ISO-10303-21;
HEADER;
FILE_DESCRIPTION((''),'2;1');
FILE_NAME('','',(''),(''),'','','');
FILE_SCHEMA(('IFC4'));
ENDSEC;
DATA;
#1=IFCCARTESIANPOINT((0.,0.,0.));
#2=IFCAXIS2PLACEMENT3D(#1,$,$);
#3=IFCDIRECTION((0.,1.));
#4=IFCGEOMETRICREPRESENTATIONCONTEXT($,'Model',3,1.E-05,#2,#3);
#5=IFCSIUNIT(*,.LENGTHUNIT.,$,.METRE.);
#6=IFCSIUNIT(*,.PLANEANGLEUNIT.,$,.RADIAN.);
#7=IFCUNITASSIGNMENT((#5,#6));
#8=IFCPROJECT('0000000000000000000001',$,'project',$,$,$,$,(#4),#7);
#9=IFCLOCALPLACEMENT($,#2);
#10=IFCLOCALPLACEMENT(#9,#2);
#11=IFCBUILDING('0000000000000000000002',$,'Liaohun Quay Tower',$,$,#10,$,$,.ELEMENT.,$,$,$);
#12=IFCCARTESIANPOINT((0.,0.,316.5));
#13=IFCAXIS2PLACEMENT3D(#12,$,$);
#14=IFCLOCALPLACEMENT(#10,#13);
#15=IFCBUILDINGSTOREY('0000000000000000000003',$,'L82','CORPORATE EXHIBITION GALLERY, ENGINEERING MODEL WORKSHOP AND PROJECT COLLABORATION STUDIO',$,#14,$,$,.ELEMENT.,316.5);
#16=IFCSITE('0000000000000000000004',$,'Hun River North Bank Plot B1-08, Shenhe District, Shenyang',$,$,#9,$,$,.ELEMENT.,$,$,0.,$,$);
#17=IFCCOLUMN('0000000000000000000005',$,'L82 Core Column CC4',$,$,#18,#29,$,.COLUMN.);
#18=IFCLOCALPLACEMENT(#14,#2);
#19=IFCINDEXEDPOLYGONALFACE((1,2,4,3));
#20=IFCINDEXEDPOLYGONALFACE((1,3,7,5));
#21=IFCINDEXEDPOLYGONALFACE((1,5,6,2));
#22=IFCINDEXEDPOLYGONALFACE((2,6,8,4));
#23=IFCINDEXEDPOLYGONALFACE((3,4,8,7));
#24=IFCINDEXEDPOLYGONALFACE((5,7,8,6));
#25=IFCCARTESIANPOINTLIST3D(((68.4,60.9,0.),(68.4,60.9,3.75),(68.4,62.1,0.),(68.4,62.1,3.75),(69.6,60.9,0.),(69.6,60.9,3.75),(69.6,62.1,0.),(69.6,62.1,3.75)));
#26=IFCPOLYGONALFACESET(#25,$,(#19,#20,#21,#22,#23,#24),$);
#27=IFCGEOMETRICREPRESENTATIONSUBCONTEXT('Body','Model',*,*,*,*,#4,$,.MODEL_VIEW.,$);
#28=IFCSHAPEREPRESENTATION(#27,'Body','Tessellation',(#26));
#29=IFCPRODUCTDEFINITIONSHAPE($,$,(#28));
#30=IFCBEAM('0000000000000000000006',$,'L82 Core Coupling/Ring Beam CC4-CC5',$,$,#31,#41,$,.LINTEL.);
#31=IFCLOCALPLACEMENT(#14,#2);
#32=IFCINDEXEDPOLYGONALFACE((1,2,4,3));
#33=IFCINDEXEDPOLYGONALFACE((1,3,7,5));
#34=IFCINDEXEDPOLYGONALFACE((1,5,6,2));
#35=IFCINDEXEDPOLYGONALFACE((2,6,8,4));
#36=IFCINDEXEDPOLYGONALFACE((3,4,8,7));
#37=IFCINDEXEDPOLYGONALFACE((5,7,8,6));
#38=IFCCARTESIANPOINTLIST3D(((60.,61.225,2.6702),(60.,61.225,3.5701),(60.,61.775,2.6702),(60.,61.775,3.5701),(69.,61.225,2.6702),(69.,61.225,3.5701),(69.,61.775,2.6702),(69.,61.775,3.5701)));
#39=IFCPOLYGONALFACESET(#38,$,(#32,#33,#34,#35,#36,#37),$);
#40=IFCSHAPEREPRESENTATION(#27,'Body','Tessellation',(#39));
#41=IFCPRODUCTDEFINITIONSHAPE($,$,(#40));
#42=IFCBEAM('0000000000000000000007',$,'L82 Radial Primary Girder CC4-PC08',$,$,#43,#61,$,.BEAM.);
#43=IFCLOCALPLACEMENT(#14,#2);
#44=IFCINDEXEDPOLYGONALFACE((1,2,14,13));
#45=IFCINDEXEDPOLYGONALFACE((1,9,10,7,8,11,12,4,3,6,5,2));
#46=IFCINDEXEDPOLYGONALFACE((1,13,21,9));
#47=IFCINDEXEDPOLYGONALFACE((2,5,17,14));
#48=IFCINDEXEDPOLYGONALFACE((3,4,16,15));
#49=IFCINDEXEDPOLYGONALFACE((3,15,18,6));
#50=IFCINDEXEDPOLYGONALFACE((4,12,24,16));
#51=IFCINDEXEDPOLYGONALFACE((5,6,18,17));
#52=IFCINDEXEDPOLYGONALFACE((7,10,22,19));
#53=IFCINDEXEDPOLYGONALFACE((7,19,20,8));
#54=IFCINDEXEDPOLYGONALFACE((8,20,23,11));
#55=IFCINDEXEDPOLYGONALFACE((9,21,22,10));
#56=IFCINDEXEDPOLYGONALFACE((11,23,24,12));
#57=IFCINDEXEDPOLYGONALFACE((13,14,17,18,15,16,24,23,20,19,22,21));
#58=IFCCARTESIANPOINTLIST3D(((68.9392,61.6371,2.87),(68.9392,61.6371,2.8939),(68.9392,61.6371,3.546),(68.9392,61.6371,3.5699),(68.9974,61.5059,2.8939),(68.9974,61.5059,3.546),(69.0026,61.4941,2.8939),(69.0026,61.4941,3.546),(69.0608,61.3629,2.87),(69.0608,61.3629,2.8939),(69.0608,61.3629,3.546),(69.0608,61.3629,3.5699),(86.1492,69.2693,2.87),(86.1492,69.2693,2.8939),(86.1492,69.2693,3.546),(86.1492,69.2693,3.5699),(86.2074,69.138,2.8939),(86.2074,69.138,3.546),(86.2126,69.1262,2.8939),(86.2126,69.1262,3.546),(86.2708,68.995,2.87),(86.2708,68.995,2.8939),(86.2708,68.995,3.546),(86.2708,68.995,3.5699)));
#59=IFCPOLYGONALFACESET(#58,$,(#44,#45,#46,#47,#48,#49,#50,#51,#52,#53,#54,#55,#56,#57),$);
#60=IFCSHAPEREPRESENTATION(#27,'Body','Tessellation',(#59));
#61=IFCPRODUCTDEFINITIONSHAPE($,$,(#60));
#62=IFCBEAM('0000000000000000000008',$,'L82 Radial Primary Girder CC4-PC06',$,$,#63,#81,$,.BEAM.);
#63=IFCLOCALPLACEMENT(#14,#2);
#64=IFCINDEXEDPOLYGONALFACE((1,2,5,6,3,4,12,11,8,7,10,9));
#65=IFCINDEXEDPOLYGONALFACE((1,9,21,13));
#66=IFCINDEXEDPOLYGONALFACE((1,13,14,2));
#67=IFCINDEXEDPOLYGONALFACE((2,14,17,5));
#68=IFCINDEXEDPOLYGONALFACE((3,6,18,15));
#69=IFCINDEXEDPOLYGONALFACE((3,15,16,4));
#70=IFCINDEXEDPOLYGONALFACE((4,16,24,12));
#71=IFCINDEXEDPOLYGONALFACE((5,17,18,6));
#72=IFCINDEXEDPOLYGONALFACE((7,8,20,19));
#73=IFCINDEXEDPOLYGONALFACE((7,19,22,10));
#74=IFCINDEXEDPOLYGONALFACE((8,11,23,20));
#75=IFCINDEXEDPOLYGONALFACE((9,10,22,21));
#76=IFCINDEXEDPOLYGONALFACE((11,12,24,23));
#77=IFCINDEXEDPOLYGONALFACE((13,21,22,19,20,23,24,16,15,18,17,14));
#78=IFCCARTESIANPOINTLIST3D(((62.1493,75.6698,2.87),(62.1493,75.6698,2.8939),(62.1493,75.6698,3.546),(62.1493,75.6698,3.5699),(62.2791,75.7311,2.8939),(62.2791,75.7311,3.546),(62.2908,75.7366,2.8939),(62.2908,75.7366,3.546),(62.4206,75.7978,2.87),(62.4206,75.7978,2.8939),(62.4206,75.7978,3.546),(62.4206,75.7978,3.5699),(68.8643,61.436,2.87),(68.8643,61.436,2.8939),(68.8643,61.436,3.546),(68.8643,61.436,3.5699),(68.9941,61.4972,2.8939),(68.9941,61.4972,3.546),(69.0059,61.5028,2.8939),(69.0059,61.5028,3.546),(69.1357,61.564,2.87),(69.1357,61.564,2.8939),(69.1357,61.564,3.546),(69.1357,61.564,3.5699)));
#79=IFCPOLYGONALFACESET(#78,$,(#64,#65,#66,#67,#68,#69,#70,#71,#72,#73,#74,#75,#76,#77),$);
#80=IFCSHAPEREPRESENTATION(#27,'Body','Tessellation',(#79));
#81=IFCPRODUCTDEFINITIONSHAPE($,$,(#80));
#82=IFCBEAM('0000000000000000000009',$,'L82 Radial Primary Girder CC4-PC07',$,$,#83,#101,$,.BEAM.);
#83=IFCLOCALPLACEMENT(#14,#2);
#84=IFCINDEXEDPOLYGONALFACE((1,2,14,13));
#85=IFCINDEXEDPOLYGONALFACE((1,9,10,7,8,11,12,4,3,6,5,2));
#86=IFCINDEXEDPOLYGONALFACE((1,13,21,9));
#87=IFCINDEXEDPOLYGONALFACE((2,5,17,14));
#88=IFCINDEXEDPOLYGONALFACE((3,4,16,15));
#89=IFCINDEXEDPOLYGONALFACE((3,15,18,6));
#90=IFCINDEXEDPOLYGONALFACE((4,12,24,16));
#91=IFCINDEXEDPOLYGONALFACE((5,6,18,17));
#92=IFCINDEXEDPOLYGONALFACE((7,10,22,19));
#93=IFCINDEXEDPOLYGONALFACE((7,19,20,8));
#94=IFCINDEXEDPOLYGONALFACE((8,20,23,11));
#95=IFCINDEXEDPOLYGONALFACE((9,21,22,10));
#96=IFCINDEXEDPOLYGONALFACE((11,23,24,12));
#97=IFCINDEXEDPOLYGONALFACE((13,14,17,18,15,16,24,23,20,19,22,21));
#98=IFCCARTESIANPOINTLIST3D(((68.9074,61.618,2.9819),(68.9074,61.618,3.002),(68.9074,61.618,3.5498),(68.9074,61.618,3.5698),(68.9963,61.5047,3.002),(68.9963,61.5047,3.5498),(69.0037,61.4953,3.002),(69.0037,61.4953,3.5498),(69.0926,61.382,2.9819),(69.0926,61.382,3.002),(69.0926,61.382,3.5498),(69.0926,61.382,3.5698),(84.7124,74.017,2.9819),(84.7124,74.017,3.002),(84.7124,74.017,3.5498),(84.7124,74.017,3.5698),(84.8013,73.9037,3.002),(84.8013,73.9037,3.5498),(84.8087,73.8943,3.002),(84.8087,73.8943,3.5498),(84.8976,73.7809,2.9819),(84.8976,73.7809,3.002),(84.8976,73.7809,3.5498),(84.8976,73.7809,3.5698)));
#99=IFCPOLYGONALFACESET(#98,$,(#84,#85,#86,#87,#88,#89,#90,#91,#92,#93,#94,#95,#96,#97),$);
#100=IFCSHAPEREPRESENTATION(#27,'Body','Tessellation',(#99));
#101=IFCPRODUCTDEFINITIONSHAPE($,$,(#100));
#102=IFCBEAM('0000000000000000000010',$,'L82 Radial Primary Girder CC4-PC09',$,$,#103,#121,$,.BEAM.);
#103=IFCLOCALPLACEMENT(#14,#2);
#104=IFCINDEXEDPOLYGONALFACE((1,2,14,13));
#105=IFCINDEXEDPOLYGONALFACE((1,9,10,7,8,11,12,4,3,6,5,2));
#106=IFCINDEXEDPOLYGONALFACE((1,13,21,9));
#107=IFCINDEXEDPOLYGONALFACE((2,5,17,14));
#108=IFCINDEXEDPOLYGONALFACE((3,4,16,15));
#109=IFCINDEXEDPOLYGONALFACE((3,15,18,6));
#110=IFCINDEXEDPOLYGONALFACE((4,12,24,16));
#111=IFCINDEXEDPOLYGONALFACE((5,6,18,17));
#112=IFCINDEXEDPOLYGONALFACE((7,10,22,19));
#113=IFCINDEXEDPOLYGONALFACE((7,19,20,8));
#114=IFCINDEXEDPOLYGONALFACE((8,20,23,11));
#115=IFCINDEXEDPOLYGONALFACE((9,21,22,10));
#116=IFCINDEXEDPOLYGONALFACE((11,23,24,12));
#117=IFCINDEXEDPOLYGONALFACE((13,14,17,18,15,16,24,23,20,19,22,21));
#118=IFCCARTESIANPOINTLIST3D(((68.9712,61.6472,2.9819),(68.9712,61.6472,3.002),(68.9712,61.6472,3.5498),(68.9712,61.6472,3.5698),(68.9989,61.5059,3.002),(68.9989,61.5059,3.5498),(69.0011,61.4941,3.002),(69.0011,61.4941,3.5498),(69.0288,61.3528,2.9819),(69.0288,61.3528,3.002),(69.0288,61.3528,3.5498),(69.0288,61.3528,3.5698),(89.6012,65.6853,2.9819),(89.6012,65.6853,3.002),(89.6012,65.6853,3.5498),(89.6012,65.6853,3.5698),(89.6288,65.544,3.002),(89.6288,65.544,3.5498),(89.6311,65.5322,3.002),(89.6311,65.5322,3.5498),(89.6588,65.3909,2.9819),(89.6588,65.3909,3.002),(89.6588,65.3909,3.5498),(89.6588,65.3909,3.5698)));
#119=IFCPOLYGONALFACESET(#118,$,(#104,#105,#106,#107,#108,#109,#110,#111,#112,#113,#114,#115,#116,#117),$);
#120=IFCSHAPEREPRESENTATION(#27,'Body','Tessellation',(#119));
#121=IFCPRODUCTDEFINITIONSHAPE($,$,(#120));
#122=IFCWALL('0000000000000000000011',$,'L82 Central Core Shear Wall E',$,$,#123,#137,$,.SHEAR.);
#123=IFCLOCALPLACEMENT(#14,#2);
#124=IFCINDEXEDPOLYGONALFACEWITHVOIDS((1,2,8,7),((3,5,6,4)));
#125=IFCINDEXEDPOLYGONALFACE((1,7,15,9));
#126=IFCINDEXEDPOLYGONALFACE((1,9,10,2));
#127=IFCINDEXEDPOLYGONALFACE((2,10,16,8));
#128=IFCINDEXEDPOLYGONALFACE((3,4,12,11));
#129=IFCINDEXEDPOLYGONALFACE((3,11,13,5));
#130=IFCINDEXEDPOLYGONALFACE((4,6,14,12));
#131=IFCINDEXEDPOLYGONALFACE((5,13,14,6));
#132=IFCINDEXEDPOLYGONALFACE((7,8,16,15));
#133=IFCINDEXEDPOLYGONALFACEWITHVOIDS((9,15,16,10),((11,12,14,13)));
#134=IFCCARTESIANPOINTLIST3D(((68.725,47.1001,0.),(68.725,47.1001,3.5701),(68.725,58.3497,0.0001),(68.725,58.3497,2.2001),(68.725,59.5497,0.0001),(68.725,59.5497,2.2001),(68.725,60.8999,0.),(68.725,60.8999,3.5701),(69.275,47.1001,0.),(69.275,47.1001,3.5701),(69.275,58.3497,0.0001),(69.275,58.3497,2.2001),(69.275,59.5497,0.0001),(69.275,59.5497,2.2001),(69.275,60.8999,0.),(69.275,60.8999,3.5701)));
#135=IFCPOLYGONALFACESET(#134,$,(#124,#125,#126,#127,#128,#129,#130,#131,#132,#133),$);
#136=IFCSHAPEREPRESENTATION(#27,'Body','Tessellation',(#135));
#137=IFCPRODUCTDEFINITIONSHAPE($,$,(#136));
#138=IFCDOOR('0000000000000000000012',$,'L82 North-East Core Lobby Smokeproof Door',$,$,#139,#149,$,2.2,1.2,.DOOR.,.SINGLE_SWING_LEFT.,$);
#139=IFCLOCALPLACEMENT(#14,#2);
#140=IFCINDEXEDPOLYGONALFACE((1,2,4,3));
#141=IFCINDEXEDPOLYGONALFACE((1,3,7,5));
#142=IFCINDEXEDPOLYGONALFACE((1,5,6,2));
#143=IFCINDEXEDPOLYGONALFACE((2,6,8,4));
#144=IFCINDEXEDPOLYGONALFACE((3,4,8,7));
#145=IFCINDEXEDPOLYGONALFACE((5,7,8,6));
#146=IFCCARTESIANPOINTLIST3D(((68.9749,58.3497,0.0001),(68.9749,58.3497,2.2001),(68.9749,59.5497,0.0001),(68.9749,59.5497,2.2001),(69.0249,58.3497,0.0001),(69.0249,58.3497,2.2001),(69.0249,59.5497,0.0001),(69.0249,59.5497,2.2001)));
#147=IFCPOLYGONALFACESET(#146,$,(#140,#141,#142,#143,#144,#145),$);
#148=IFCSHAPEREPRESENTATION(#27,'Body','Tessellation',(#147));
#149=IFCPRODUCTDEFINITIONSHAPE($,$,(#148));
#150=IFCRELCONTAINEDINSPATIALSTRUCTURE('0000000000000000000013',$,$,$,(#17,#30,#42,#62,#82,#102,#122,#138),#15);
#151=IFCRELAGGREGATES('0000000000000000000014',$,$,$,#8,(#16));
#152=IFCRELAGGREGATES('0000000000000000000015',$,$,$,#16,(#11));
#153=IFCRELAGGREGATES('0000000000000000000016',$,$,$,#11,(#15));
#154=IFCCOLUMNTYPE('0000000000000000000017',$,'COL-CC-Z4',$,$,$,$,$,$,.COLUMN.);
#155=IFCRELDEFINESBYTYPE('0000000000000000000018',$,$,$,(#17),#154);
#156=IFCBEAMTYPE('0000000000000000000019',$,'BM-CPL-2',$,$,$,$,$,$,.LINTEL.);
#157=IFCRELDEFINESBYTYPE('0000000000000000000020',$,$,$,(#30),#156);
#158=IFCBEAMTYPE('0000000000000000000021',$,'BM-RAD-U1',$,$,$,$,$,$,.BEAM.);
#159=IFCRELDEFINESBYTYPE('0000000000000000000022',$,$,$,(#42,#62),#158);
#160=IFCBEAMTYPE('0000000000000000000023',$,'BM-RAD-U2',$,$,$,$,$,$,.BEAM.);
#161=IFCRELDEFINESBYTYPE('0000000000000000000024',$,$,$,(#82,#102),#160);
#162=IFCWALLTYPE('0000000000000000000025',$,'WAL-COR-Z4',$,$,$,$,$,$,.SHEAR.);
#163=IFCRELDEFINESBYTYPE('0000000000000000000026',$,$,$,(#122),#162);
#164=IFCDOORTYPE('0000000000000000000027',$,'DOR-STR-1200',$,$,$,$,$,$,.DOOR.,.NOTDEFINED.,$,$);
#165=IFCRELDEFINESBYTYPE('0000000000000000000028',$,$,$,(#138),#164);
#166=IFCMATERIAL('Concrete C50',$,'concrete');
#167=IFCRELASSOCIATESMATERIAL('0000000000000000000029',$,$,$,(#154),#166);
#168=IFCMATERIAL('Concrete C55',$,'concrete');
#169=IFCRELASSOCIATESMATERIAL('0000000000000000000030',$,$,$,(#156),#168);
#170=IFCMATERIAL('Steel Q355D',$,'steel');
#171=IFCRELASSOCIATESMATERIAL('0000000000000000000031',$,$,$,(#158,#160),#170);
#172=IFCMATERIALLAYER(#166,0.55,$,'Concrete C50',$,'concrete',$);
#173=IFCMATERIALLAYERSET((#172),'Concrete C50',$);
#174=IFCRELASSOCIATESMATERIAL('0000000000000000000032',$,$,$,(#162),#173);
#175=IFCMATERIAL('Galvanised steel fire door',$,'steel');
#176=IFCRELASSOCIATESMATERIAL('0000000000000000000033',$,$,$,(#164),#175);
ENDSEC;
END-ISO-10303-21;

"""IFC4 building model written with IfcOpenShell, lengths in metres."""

from ifc_helpers import new_model, si_unit, direction, frame, frame_2d, origin, origin_2d, place, context, subcontext, project, spatial, rectangle, i_section, extrude, source, transform, mapped, material, layer, layer_set, material_profile, profile_set, type_object, element, fill, save


model = new_model("IFC4")

# Units and contexts
model_context = context("Model", 3, precision=1e-05, world=origin(), true_north=direction((0.0, 1.0)))
body_context = subcontext(model_context, "Body", "Model", "MODEL_VIEW")
ifc_project = project(units=[si_unit("LENGTHUNIT", "METRE"), si_unit("PLANEANGLEUNIT", "RADIAN")], contexts=[model_context])

# Site, building, storey
site_placement = place(None, origin())
site = spatial("IfcSite", under=ifc_project, at=site_placement, Name="Hun River North Bank Plot B1-08, Shenhe District, Shenyang", CompositionType="ELEMENT", RefElevation=0.0)
building_placement = place(site_placement, origin())
building = spatial("IfcBuilding", under=site, at=building_placement, Name="Liaohun Quay Tower", CompositionType="ELEMENT")
storey_placement = place(building_placement, frame((0.0, 0.0, 316.5)))
storey = spatial("IfcBuildingStorey", under=building, at=storey_placement, Name="L82", Description="CORPORATE EXHIBITION GALLERY, ENGINEERING MODEL WORKSHOP AND PROJECT COLLABORATION STUDIO", CompositionType="ELEMENT", Elevation=316.5)

# Column
ifc_material_1 = material(Name="Concrete C50", Category="concrete")
ifc_material_profile_1 = material_profile(ifc_material_1, rectangle(XDim=1.2, YDim=1.2, at=origin_2d()), Name="RC1200x1200")
ifc_profile_set_1 = profile_set([ifc_material_profile_1], Name="Concrete C50")
column_type = type_object("IfcColumnType", Name="COL-CC-Z4", PredefinedType="COLUMN", material=ifc_profile_set_1)
shared_shape_1 = source(origin(), body_context, "Body", "SweptSolid", [
    extrude(rectangle(XDim=1.2, YDim=1.2, at=origin_2d()), origin(), (0.0, 0.0, 1.0), 3.75),
])
column_placement = place(storey_placement, frame((69.0, 61.5, 0.0), z_axis=(0.0, 0.0, 1.0), x_axis=(1.0, 0.0, 0.0)))
element("IfcColumn", 1, at=column_placement, inside=storey, type_object=column_type, Name="L82 Core Column CC4", PredefinedType="COLUMN", context=body_context, shape_type="MappedRepresentation", body=[
    mapped(shared_shape_1, transform((0.0, 0.0, 0.0), x_axis=(1.0, 0.0, 0.0), y_axis=(0.0, 1.0, 0.0), z_axis=(0.0, 0.0, 1.0), scale=1.0)),
])

# Beams
ifc_material_2 = material(Name="Concrete C55", Category="concrete")
ifc_material_profile_2 = material_profile(ifc_material_2, rectangle(XDim=0.55, YDim=0.8999, at=origin_2d()), Name="RC550x900")
ifc_profile_set_2 = profile_set([ifc_material_profile_2], Name="Concrete C55")
beam_type_1 = type_object("IfcBeamType", Name="BM-CPL-2", PredefinedType="LINTEL", material=ifc_profile_set_2)
shared_shape_2 = source(origin(), body_context, "Body", "SweptSolid", [
    extrude(rectangle(XDim=0.55, YDim=0.8999, at=origin_2d()), origin(), (0.0, 0.0, 1.0), 9.0),
])
beam_1_placement = place(storey_placement, frame((69.0, 61.5, 3.1201), z_axis=(-1.0, 0.0, 0.0), x_axis=(0.0, -1.0, 0.0)))
element("IfcBeam", 2, at=beam_1_placement, inside=storey, type_object=beam_type_1, Name="L82 Core Coupling/Ring Beam CC4-CC5", PredefinedType="LINTEL", context=body_context, shape_type="MappedRepresentation", body=[
    mapped(shared_shape_2, transform((0.0, 0.0, 0.0), x_axis=(1.0, 0.0, 0.0), y_axis=(0.0, 1.0, 0.0), z_axis=(0.0, 0.0, 1.0), scale=1.0)),
])
ifc_material_3 = material(Name="Steel Q355D", Category="steel")
ifc_material_profile_3 = material_profile(ifc_material_3, i_section(OverallWidth=0.3, OverallDepth=0.7, WebThickness=0.0129, FlangeThickness=0.0239, at=origin_2d()), Name="HN700x300x13x24")
ifc_profile_set_3 = profile_set([ifc_material_profile_3], Name="Steel Q355D")
beam_type_2 = type_object("IfcBeamType", Name="BM-RAD-U1", PredefinedType="BEAM", material=ifc_profile_set_3)
shared_shape_3 = source(origin(), body_context, "Body", "SweptSolid", [
    extrude(i_section(OverallWidth=0.3, OverallDepth=0.7, WebThickness=0.0129, FlangeThickness=0.0239, at=origin_2d()), origin(), (0.0, 0.0, 1.0), 18.8264),
])
beam_2_placement = place(storey_placement, frame((69.0, 61.5, 3.22), z_axis=(0.914142, 0.405394, 0.0), x_axis=(-0.405394, 0.914142, 0.0)))
element("IfcBeam", 3, at=beam_2_placement, inside=storey, type_object=beam_type_2, Name="L82 Radial Primary Girder CC4-PC08", PredefinedType="BEAM", context=body_context, shape_type="MappedRepresentation", body=[
    mapped(shared_shape_3, transform((0.0, 0.0, 0.0), x_axis=(1.0, 0.0, 0.0), y_axis=(0.0, 1.0, 0.0), z_axis=(0.0, 0.0, 1.0), scale=1.0)),
])
shared_shape_4 = source(origin(), body_context, "Body", "SweptSolid", [
    extrude(i_section(OverallWidth=0.3, OverallDepth=0.7, WebThickness=0.0129, FlangeThickness=0.0239, at=origin_2d()), origin(), (0.0, 0.0, 1.0), 15.7383),
])
beam_3_placement = place(storey_placement, frame((69.0, 61.5, 3.22), z_axis=(-0.42667, 0.904407, 0.0), x_axis=(-0.904407, -0.42667, 0.0)))
element("IfcBeam", 4, at=beam_3_placement, inside=storey, type_object=beam_type_2, Name="L82 Radial Primary Girder CC4-PC06", PredefinedType="BEAM", context=body_context, shape_type="MappedRepresentation", body=[
    mapped(shared_shape_4, transform((0.0, 0.0, 0.0), x_axis=(1.0, 0.0, 0.0), y_axis=(0.0, 1.0, 0.0), z_axis=(0.0, 0.0, 1.0), scale=1.0)),
])
ifc_material_profile_4 = material_profile(ifc_material_3, i_section(OverallWidth=0.3, OverallDepth=0.5879, WebThickness=0.012, FlangeThickness=0.02, at=origin_2d()), Name="HM588x300x12x20")
ifc_profile_set_4 = profile_set([ifc_material_profile_4], Name="Steel Q355D")
beam_type_3 = type_object("IfcBeamType", Name="BM-RAD-U2", PredefinedType="BEAM", material=ifc_profile_set_4)
shared_shape_5 = source(origin(), body_context, "Body", "SweptSolid", [
    extrude(i_section(OverallWidth=0.3, OverallDepth=0.5879, WebThickness=0.012, FlangeThickness=0.02, at=origin_2d()), origin(), (0.0, 0.0, 1.0), 20.0881),
])
beam_4_placement = place(storey_placement, frame((69.0, 61.5, 3.2759), z_axis=(0.786783, 0.617229, 0.0), x_axis=(-0.617229, 0.786783, 0.0)))
element("IfcBeam", 5, at=beam_4_placement, inside=storey, type_object=beam_type_3, Name="L82 Radial Primary Girder CC4-PC07", PredefinedType="BEAM", context=body_context, shape_type="MappedRepresentation", body=[
    mapped(shared_shape_5, transform((0.0, 0.0, 0.0), x_axis=(1.0, 0.0, 0.0), y_axis=(0.0, 1.0, 0.0), z_axis=(0.0, 0.0, 1.0), scale=1.0)),
])
shared_shape_6 = source(origin(), body_context, "Body", "SweptSolid", [
    extrude(i_section(OverallWidth=0.3, OverallDepth=0.5879, WebThickness=0.012, FlangeThickness=0.02, at=origin_2d()), origin(), (0.0, 0.0, 1.0), 21.0215),
])
beam_5_placement = place(storey_placement, frame((69.0, 61.5, 3.2759), z_axis=(0.981376, 0.192094, 0.0), x_axis=(-0.192094, 0.981376, 0.0)))
element("IfcBeam", 6, at=beam_5_placement, inside=storey, type_object=beam_type_3, Name="L82 Radial Primary Girder CC4-PC09", PredefinedType="BEAM", context=body_context, shape_type="MappedRepresentation", body=[
    mapped(shared_shape_6, transform((0.0, 0.0, 0.0), x_axis=(1.0, 0.0, 0.0), y_axis=(0.0, 1.0, 0.0), z_axis=(0.0, 0.0, 1.0), scale=1.0)),
])

# Wall, opening, door
ifc_layer_1 = layer(ifc_material_1, 0.55, Name="Concrete C50", Category="concrete")
ifc_layer_set_1 = layer_set([ifc_layer_1], Name="Concrete C50")
wall_type_1 = type_object("IfcWallType", Name="WAL-COR-Z4", PredefinedType="SHEAR", material=ifc_layer_set_1)
wall_1_placement = place(storey_placement, frame((69.0, 60.8999, 0.0), z_axis=(0.0, 0.0, 1.0), x_axis=(0.0, -1.0, 0.0)))
wall_1 = element("IfcWall", 7, at=wall_1_placement, inside=storey, type_object=wall_type_1, Name="L82 Central Core Shear Wall E", PredefinedType="SHEAR", context=body_context, shape_type="SweptSolid", body=[
    extrude(rectangle(XDim=13.7998, YDim=0.55, at=frame_2d((6.8999, 0.0))), origin(), (0.0, 0.0, 1.0), 3.5701),
])
shared_shape_7 = source(origin(), body_context, "Body", "SweptSolid", [
    extrude(rectangle(XDim=1.2, YDim=2.2, at=frame_2d((0.6001, 1.1001))), frame((0.0, 0.2849, 0.0), z_axis=(0.0, -1.0, 0.0), x_axis=(1.0, 0.0, 0.0)), (0.0, 0.0, 1.0), 0.5701),
])
opening_1_placement = place(wall_1_placement, frame((1.3501, 0.0, 0.0)))
opening_1 = element("IfcOpeningElement", 8, at=opening_1_placement, cuts=wall_1, PredefinedType="OPENING", context=body_context, shape_type="MappedRepresentation", body=[
    mapped(shared_shape_7, transform((0.0, 0.0, 0.0), x_axis=(1.0, 0.0, 0.0), y_axis=(0.0, 1.0, 0.0), z_axis=(0.0, 0.0, 1.0), scale=1.0)),
])
ifc_material_4 = material(Name="Galvanised steel fire door", Category="steel")
door_type_1 = type_object("IfcDoorType", Name="DOR-STR-1200", OperationType="NOTDEFINED", PredefinedType="DOOR", material=ifc_material_4)
shared_shape_8 = source(origin(), body_context, "Body", "SweptSolid", [
    extrude(rectangle(XDim=1.2, YDim=2.2, at=frame_2d((0.6001, 1.1001))), frame((0.0, 0.0249, 0.0), z_axis=(0.0, -1.0, 0.0), x_axis=(1.0, 0.0, 0.0)), (0.0, 0.0, 1.0), 0.05),
])
door_1_placement = place(opening_1_placement, origin())
door_1 = element("IfcDoor", 9, at=door_1_placement, inside=storey, type_object=door_type_1, Name="L82 North-East Core Lobby Smokeproof Door", OperationType="SINGLE_SWING_LEFT", OverallHeight=2.2, OverallWidth=1.2, PredefinedType="DOOR", context=body_context, shape_type="MappedRepresentation", body=[
    mapped(shared_shape_8, transform((0.0, 0.0, 0.0), x_axis=(1.0, 0.0, 0.0), y_axis=(0.0, 1.0, 0.0), z_axis=(0.0, 0.0, 1.0), scale=1.0)),
])
fill(opening_1, door_1)

save(model, "model.ifc")
